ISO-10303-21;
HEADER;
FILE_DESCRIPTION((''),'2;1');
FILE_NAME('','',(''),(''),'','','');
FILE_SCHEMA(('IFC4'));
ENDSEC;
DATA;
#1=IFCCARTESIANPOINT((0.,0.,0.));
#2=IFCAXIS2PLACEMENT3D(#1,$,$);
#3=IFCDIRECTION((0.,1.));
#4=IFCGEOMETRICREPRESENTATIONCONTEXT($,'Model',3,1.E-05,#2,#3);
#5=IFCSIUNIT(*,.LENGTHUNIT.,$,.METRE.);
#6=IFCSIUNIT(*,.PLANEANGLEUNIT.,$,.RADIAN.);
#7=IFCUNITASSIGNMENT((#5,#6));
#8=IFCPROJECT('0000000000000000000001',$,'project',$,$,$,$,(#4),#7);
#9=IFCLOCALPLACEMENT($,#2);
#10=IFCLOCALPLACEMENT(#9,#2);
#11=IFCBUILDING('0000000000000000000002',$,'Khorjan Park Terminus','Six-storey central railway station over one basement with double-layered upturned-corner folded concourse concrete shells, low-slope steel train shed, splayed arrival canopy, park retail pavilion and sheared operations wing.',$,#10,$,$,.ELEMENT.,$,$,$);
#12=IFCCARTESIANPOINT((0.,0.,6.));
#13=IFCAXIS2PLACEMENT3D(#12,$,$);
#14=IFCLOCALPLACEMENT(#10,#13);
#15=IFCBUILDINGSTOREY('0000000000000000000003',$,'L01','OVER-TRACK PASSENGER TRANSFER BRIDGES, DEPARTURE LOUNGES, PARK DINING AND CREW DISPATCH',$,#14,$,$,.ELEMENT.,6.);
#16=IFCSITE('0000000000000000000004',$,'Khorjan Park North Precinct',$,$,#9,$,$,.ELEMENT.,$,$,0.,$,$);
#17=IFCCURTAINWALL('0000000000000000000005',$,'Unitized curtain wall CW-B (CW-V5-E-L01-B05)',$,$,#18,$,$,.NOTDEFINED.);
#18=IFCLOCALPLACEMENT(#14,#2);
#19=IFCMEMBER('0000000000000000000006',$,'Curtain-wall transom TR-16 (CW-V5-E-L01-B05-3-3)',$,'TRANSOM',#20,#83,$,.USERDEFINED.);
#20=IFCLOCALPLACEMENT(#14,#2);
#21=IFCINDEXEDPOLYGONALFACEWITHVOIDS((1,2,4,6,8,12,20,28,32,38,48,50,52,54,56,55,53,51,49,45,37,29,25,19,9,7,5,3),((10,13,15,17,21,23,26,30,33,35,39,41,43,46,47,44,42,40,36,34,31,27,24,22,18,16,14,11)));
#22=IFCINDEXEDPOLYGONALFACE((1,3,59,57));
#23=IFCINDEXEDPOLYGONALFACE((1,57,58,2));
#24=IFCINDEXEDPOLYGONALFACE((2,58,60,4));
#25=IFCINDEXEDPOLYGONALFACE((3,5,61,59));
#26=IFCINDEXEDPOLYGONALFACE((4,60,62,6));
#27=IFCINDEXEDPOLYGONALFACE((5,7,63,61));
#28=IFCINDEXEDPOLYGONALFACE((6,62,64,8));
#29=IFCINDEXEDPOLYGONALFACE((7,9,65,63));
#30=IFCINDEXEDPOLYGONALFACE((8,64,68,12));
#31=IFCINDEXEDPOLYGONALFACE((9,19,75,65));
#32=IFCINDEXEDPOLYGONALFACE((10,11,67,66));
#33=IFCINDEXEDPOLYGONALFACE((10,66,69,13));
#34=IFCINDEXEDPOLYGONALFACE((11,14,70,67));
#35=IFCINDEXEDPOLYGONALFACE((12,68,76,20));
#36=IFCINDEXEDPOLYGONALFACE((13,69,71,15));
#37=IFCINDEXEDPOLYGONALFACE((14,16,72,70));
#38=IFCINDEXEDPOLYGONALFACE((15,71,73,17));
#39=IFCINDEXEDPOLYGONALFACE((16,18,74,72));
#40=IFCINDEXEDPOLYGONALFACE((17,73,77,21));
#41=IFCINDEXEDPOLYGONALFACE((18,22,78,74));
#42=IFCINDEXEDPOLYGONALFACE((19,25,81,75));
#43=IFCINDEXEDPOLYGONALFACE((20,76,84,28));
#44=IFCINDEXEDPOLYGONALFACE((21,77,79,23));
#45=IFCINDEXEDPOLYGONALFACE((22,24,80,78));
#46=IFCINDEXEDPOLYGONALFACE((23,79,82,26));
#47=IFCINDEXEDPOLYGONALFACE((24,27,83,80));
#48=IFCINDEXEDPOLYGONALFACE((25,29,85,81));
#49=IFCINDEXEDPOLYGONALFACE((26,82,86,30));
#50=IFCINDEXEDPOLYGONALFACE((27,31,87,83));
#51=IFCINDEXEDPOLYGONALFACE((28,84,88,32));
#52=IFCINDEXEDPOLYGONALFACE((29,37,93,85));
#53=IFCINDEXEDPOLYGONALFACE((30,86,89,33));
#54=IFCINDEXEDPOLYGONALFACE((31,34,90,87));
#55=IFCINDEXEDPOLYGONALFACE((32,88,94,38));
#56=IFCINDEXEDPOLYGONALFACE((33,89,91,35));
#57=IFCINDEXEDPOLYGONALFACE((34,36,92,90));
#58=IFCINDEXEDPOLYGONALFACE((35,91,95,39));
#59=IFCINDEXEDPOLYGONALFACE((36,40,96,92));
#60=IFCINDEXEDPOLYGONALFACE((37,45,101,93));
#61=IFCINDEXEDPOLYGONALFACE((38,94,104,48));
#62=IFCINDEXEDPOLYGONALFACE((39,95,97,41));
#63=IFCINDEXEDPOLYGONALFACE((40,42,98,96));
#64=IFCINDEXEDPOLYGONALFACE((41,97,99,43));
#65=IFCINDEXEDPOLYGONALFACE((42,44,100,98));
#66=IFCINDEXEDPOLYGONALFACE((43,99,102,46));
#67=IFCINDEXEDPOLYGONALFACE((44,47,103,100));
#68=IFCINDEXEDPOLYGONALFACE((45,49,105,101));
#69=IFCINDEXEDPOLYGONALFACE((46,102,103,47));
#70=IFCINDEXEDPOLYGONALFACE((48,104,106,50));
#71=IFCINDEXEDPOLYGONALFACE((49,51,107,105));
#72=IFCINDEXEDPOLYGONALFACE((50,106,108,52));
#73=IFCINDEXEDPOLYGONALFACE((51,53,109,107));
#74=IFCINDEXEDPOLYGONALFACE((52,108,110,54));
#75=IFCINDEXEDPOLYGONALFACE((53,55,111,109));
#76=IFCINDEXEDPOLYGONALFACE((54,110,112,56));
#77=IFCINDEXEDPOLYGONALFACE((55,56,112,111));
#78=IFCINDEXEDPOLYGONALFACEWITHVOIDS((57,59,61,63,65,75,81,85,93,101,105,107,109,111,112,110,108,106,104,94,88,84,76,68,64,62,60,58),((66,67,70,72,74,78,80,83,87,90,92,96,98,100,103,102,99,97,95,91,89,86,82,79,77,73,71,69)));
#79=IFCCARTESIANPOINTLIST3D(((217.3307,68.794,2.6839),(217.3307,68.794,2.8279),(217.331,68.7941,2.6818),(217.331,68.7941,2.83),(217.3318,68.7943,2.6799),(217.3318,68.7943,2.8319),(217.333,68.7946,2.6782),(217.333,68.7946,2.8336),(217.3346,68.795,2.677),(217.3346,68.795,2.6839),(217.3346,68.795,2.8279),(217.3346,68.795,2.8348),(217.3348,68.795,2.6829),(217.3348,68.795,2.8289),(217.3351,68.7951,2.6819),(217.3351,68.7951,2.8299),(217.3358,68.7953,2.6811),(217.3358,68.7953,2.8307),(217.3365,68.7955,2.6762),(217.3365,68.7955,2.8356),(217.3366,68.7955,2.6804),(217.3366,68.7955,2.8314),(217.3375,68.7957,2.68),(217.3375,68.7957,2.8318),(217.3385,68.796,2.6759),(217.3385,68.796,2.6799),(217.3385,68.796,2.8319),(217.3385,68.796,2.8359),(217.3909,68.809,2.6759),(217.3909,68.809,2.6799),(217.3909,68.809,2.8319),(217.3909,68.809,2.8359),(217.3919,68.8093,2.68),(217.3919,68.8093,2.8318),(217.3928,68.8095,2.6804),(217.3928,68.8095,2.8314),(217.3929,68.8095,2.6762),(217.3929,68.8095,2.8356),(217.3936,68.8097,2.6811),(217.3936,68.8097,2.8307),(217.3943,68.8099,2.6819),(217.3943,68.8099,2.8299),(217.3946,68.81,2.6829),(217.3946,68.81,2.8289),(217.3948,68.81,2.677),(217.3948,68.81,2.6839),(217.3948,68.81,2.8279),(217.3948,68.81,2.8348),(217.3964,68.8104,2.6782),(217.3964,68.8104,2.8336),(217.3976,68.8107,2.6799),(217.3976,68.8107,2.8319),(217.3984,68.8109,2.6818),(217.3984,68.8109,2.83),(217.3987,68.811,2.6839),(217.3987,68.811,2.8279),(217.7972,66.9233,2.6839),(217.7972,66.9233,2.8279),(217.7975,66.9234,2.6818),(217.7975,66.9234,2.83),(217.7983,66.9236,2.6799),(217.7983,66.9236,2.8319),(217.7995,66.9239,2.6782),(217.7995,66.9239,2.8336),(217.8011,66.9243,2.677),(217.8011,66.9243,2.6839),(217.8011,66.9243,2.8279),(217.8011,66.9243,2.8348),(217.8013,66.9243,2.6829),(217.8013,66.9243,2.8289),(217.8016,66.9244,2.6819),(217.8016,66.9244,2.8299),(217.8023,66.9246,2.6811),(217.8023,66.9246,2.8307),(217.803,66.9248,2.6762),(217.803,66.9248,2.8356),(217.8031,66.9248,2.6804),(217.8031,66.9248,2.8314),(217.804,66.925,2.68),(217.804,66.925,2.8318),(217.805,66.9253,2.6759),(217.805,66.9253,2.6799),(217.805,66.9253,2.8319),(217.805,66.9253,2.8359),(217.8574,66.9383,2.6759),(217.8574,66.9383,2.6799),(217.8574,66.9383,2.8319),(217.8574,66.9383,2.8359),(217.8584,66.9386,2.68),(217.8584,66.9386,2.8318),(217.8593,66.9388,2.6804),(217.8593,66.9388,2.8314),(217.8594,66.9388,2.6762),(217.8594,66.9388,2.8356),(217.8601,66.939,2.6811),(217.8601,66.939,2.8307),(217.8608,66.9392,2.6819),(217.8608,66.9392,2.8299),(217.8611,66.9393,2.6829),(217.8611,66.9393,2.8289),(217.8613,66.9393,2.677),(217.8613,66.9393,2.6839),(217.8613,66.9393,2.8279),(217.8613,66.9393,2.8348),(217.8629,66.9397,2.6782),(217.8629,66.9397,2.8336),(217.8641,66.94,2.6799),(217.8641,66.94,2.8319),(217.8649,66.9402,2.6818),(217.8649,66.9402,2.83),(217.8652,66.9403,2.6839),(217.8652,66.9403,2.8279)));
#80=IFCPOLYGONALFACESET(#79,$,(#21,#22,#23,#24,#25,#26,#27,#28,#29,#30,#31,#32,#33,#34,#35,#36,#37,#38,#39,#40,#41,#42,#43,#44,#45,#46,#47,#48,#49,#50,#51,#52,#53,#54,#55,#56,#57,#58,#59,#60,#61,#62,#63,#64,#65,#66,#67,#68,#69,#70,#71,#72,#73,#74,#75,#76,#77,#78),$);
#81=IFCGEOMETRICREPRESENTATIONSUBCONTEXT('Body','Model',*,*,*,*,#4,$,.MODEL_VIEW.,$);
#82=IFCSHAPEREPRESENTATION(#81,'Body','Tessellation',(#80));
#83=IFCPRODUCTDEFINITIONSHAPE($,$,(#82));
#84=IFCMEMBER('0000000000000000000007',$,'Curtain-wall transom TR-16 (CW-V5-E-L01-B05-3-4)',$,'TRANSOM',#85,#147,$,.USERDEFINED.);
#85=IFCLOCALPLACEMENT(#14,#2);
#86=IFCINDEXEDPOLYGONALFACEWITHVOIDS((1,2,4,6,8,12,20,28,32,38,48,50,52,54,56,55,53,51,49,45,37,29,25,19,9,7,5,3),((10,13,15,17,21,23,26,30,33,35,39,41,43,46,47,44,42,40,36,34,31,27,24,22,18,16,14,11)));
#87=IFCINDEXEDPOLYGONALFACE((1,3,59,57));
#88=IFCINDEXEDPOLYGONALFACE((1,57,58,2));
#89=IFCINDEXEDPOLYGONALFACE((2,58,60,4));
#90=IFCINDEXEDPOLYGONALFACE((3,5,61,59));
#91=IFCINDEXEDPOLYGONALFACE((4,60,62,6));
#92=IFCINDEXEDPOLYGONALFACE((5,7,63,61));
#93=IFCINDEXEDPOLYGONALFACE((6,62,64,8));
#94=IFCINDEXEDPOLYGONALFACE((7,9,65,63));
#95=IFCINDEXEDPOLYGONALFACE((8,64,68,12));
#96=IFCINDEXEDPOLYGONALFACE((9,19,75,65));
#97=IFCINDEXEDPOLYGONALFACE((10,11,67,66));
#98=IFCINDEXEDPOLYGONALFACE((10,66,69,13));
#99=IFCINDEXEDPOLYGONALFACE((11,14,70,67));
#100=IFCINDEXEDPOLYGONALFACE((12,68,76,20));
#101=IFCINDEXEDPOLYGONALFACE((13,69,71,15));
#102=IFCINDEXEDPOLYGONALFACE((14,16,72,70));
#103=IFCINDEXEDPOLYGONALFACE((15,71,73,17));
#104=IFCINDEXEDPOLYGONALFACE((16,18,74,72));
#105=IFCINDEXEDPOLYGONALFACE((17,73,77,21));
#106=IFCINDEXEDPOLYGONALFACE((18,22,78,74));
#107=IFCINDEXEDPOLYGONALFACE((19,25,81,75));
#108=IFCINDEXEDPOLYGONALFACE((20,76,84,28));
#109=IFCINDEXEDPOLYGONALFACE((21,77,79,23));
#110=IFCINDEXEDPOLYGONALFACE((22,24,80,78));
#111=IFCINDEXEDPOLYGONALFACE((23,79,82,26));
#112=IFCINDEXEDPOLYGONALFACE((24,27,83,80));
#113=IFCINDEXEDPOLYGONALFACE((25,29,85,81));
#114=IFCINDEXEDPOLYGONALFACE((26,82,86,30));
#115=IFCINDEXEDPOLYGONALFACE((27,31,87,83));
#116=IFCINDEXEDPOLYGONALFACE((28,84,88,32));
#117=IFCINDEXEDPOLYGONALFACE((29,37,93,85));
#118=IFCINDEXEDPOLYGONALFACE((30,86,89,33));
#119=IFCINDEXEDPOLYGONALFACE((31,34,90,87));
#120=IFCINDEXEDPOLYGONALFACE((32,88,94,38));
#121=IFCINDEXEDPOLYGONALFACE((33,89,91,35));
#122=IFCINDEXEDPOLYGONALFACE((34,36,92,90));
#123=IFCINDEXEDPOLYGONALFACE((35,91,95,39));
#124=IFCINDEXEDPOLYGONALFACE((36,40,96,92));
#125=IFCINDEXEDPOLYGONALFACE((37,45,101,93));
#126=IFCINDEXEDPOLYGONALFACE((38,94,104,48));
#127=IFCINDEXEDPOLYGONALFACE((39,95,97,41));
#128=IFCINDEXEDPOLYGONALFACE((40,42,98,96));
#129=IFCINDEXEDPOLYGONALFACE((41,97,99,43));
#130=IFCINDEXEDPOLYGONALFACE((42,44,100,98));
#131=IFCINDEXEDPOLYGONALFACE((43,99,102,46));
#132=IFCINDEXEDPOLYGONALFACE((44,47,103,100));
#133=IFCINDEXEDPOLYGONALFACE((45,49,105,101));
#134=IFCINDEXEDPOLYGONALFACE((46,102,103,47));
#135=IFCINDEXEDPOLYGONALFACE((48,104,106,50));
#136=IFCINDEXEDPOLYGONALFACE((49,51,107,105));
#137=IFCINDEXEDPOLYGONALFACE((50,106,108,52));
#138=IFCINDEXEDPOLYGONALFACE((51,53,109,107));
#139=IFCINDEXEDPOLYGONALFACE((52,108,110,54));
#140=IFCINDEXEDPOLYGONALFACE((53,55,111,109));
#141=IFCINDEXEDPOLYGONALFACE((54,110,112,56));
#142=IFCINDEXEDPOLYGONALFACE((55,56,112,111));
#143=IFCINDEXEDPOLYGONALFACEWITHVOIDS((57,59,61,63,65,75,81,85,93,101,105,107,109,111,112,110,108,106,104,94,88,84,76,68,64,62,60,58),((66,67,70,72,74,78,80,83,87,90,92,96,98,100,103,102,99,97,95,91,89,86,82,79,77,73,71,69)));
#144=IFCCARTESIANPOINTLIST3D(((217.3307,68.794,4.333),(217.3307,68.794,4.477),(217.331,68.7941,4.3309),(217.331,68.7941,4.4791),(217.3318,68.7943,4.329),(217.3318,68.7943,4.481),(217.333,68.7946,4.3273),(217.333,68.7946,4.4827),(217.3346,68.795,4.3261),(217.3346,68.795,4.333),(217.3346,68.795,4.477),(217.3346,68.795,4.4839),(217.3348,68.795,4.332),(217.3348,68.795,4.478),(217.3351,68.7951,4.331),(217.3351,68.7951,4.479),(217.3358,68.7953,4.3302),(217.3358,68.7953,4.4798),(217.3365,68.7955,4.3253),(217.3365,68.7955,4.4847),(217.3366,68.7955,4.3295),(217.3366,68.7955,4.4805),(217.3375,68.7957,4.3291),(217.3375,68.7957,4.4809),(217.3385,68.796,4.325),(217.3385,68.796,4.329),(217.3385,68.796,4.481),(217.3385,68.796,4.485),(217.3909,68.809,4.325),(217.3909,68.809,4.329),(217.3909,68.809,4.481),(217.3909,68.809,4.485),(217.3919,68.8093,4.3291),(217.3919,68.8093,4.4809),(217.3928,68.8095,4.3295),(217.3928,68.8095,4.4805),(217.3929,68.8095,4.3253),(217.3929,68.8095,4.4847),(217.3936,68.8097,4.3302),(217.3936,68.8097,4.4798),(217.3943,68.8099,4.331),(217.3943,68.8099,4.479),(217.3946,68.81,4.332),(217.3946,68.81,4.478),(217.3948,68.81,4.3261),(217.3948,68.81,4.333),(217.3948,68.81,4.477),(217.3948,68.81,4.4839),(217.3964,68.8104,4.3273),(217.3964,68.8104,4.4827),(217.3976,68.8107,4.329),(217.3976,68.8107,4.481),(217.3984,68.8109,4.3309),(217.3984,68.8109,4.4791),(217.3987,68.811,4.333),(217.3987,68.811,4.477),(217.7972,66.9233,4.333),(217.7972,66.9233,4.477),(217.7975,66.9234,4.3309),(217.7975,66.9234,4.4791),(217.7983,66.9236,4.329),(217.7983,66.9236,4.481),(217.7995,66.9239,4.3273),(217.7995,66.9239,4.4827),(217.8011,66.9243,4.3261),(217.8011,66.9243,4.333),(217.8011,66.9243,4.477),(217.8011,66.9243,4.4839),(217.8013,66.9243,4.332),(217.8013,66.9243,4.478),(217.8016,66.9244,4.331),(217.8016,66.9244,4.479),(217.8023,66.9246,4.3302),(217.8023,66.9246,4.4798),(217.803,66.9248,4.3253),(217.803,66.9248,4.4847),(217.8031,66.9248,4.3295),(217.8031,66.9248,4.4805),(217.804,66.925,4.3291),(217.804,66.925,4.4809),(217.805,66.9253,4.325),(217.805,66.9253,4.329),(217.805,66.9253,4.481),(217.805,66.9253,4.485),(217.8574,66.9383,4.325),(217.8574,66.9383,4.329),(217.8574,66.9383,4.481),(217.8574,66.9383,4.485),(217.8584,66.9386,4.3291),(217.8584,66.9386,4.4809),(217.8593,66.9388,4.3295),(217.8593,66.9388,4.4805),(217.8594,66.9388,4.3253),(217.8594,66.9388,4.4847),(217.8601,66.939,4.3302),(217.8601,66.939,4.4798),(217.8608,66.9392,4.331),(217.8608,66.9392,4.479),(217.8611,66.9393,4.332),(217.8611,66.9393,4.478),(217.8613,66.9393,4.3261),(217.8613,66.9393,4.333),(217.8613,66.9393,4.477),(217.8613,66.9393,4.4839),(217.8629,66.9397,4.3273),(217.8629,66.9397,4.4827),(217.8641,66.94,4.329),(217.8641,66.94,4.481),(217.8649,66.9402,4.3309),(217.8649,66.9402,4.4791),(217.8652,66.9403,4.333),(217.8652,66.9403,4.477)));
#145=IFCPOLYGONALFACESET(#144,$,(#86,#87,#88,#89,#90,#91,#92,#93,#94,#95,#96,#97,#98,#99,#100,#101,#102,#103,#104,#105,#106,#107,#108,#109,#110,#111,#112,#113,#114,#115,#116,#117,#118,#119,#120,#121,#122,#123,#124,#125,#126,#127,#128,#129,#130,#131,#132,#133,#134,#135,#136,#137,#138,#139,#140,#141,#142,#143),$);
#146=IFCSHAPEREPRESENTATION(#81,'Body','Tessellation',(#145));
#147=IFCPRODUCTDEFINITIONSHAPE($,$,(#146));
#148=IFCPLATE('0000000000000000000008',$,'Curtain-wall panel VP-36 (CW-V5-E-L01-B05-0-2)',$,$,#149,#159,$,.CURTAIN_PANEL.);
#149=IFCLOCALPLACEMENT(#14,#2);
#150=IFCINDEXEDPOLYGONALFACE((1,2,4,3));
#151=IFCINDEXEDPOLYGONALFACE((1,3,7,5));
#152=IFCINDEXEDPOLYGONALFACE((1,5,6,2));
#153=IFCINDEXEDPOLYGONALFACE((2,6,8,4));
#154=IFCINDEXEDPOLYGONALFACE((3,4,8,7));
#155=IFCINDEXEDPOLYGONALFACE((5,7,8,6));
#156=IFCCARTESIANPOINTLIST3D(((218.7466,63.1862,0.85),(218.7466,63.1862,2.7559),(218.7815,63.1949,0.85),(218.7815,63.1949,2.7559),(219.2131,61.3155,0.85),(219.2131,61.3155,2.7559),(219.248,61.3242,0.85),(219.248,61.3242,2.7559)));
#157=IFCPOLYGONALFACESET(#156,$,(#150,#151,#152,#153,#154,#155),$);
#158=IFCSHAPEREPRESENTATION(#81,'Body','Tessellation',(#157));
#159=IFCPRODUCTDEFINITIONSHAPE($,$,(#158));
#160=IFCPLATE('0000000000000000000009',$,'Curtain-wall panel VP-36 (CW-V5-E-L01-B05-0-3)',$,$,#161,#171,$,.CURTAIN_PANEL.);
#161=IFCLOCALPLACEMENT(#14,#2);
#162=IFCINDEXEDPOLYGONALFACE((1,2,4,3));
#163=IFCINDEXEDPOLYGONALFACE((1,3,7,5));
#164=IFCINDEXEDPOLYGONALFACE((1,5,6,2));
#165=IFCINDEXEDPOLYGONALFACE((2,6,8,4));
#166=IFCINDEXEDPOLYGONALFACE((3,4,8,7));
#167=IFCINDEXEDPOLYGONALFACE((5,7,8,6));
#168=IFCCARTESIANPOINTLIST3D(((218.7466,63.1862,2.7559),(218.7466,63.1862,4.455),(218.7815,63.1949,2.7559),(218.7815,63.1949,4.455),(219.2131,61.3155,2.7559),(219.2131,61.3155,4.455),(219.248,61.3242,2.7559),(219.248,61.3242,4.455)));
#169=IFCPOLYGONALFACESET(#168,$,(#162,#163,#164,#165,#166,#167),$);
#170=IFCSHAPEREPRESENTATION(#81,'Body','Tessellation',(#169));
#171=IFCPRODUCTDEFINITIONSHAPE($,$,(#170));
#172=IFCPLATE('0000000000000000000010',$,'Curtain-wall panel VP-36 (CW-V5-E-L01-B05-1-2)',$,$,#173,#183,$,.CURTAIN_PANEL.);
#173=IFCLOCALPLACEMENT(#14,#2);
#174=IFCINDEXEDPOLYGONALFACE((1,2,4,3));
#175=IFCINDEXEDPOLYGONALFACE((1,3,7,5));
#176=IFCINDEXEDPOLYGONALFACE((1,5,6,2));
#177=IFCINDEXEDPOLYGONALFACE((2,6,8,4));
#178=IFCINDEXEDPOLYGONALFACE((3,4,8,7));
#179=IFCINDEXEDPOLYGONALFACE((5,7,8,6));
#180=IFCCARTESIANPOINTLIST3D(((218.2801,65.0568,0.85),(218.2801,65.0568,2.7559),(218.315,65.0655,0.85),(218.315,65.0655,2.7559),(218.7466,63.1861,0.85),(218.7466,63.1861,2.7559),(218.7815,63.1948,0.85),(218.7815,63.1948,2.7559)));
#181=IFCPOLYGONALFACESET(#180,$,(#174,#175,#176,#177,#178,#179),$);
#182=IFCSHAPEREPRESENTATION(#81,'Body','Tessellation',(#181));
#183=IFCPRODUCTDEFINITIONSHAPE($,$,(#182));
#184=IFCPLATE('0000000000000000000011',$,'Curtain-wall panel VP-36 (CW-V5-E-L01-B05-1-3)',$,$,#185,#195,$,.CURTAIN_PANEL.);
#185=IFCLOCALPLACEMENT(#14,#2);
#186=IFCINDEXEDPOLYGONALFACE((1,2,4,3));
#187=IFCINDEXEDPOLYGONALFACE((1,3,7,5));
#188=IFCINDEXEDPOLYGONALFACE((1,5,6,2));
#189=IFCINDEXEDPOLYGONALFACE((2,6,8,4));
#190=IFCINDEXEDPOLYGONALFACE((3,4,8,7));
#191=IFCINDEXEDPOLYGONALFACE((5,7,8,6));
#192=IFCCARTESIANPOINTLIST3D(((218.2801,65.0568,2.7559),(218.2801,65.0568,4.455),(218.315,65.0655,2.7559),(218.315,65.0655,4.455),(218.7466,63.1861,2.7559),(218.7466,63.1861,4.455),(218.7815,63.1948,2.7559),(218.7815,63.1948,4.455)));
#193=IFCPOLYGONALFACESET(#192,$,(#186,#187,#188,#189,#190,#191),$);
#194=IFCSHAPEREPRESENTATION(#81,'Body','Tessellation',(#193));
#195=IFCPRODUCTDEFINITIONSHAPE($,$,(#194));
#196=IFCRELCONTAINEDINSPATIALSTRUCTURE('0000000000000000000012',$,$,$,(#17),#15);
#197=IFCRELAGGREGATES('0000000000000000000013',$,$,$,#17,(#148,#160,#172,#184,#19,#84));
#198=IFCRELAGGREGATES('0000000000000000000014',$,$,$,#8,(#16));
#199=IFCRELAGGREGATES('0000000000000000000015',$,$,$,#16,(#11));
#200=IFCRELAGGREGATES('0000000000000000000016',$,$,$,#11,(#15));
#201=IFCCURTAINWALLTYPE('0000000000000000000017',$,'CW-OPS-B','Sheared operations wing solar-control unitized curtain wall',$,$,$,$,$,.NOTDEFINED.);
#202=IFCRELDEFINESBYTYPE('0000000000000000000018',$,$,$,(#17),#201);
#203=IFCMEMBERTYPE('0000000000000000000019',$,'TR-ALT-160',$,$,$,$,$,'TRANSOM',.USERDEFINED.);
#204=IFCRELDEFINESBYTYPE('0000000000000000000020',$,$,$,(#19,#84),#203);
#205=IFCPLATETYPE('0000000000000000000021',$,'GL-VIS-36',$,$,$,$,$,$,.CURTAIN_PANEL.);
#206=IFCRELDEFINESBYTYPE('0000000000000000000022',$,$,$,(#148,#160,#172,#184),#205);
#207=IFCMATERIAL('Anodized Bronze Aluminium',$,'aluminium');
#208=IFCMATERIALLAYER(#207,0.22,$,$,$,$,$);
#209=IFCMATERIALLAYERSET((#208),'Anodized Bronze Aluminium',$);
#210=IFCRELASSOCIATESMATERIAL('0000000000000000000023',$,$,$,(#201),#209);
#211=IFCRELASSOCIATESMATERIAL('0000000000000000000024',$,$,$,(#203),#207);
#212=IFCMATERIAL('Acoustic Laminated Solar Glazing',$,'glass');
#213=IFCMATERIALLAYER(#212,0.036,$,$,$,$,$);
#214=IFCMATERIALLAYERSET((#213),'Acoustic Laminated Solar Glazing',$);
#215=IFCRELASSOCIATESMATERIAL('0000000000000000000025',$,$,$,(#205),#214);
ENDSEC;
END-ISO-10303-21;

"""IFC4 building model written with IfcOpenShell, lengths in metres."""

from ifc_helpers import new_model, si_unit, direction, frame, origin, origin_2d, place, context, subcontext, project, spatial, rectangle, hollow_rectangle, extrude, material, layer, layer_set, material_profile, profile_set, type_object, element, aggregate, save


model = new_model("IFC4")

# Units and contexts
model_context = context("Model", 3, precision=1e-05, world=origin(), true_north=direction((0.0, 1.0)))
body_context = subcontext(model_context, "Body", "Model", "MODEL_VIEW")
ifc_project = project(units=[si_unit("LENGTHUNIT", "METRE"), si_unit("PLANEANGLEUNIT", "RADIAN")], contexts=[model_context])

# Site, building, storey
site_placement = place(None, origin())
site = spatial("IfcSite", under=ifc_project, at=site_placement, Name="Khorjan Park North Precinct", CompositionType="ELEMENT", RefElevation=0.0)
building_placement = place(site_placement, origin())
building = spatial("IfcBuilding", under=site, at=building_placement, Name="Khorjan Park Terminus", Description="Six-storey central railway station over one basement with double-layered upturned-corner folded concourse concrete shells, low-slope steel train shed, splayed arrival canopy, park retail pavilion and sheared operations wing.", CompositionType="ELEMENT")
storey_placement = place(building_placement, frame((0.0, 0.0, 6.0)))
storey = spatial("IfcBuildingStorey", under=building, at=storey_placement, Name="L01", Description="OVER-TRACK PASSENGER TRANSFER BRIDGES, DEPARTURE LOUNGES, PARK DINING AND CREW DISPATCH", CompositionType="ELEMENT", Elevation=6.0)

# Curtain wall, members, plates
ifc_material_1 = material(Name="Anodized Bronze Aluminium", Category="aluminium")
ifc_layer_1 = layer(ifc_material_1, 0.22)
ifc_layer_set_1 = layer_set([ifc_layer_1], Name="Anodized Bronze Aluminium")
curtain_wall_type = type_object("IfcCurtainWallType", Name="CW-OPS-B", Description="Sheared operations wing solar-control unitized curtain wall", PredefinedType="NOTDEFINED", material=ifc_layer_set_1)
curtain_wall_placement = place(storey_placement, origin())
curtain_wall = element("IfcCurtainWall", 1, at=curtain_wall_placement, inside=storey, type_object=curtain_wall_type, Name="Unitized curtain wall CW-B (CW-V5-E-L01-B05)", PredefinedType="NOTDEFINED")
ifc_material_profile_1 = material_profile(ifc_material_1, hollow_rectangle(XDim=0.07, YDim=0.16, WallThickness=0.004, InnerFilletRadius=0.004, OuterFilletRadius=0.008, at=origin_2d()), Name="ALT 70x160x4")
ifc_profile_set_1 = profile_set([ifc_material_profile_1], Name="Anodized Bronze Aluminium")
member_type_1 = type_object("IfcMemberType", Name="TR-ALT-160", ElementType="TRANSOM", PredefinedType="USERDEFINED", material=ifc_profile_set_1)
member_1_placement = place(storey_placement, frame((217.8312, 66.9318, 2.7559), z_axis=(-0.241962, 0.970286, 0.0), x_axis=(-0.970286, -0.241962, 0.0)))
member_1 = element("IfcMember", 2, at=member_1_placement, type_object=member_type_1, Name="Curtain-wall transom TR-16 (CW-V5-E-L01-B05-3-3)", ObjectType="TRANSOM", PredefinedType="USERDEFINED", context=body_context, shape_type="SweptSolid", body=[
    extrude(hollow_rectangle(XDim=0.07, YDim=0.16, WallThickness=0.004, InnerFilletRadius=0.004, OuterFilletRadius=0.008, at=origin_2d()), origin(), (0.0, 0.0, 1.0), 1.928),
])
member_2_placement = place(storey_placement, frame((217.8312, 66.9318, 4.405), z_axis=(-0.241962, 0.970286, 0.0), x_axis=(-0.970286, -0.241962, 0.0)))
member_2 = element("IfcMember", 3, at=member_2_placement, type_object=member_type_1, Name="Curtain-wall transom TR-16 (CW-V5-E-L01-B05-3-4)", ObjectType="TRANSOM", PredefinedType="USERDEFINED", context=body_context, shape_type="SweptSolid", body=[
    extrude(hollow_rectangle(XDim=0.07, YDim=0.16, WallThickness=0.004, InnerFilletRadius=0.004, OuterFilletRadius=0.008, at=origin_2d()), origin(), (0.0, 0.0, 1.0), 1.928),
])
ifc_material_2 = material(Name="Acoustic Laminated Solar Glazing", Category="glass")
ifc_layer_2 = layer(ifc_material_2, 0.036)
ifc_layer_set_2 = layer_set([ifc_layer_2], Name="Acoustic Laminated Solar Glazing")
plate_type_1 = type_object("IfcPlateType", Name="GL-VIS-36", PredefinedType="CURTAIN_PANEL", material=ifc_layer_set_2)
plate_1_placement = place(storey_placement, frame((218.9973, 62.2552, 0.85), z_axis=(0.0, 0.0, 1.0), x_axis=(-0.241935, 0.970292, 0.0)))
plate_1 = element("IfcPlate", 4, at=plate_1_placement, type_object=plate_type_1, Name="Curtain-wall panel VP-36 (CW-V5-E-L01-B05-0-2)", PredefinedType="CURTAIN_PANEL", context=body_context, shape_type="SweptSolid", body=[
    extrude(rectangle(XDim=1.928, YDim=0.036, at=origin_2d()), origin(), (0.0, 0.0, 1.0), 1.9059),
])
plate_2_placement = place(storey_placement, frame((218.9973, 62.2552, 2.7559), z_axis=(0.0, 0.0, 1.0), x_axis=(-0.241935, 0.970292, 0.0)))
plate_2 = element("IfcPlate", 5, at=plate_2_placement, type_object=plate_type_1, Name="Curtain-wall panel VP-36 (CW-V5-E-L01-B05-0-3)", PredefinedType="CURTAIN_PANEL", context=body_context, shape_type="SweptSolid", body=[
    extrude(rectangle(XDim=1.928, YDim=0.036, at=origin_2d()), origin(), (0.0, 0.0, 1.0), 1.6991),
])
plate_3_placement = place(storey_placement, frame((218.5308, 64.1258, 0.85), z_axis=(0.0, 0.0, 1.0), x_axis=(-0.241935, 0.970292, 0.0)))
plate_3 = element("IfcPlate", 6, at=plate_3_placement, type_object=plate_type_1, Name="Curtain-wall panel VP-36 (CW-V5-E-L01-B05-1-2)", PredefinedType="CURTAIN_PANEL", context=body_context, shape_type="SweptSolid", body=[
    extrude(rectangle(XDim=1.928, YDim=0.036, at=origin_2d()), origin(), (0.0, 0.0, 1.0), 1.9059),
])
plate_4_placement = place(storey_placement, frame((218.5308, 64.1258, 2.7559), z_axis=(0.0, 0.0, 1.0), x_axis=(-0.241935, 0.970292, 0.0)))
plate_4 = element("IfcPlate", 7, at=plate_4_placement, type_object=plate_type_1, Name="Curtain-wall panel VP-36 (CW-V5-E-L01-B05-1-3)", PredefinedType="CURTAIN_PANEL", context=body_context, shape_type="SweptSolid", body=[
    extrude(rectangle(XDim=1.928, YDim=0.036, at=origin_2d()), origin(), (0.0, 0.0, 1.0), 1.6991),
])
aggregate(curtain_wall, [plate_1, plate_2, plate_3, plate_4, member_1, member_2])

save(model, "model.ifc")
